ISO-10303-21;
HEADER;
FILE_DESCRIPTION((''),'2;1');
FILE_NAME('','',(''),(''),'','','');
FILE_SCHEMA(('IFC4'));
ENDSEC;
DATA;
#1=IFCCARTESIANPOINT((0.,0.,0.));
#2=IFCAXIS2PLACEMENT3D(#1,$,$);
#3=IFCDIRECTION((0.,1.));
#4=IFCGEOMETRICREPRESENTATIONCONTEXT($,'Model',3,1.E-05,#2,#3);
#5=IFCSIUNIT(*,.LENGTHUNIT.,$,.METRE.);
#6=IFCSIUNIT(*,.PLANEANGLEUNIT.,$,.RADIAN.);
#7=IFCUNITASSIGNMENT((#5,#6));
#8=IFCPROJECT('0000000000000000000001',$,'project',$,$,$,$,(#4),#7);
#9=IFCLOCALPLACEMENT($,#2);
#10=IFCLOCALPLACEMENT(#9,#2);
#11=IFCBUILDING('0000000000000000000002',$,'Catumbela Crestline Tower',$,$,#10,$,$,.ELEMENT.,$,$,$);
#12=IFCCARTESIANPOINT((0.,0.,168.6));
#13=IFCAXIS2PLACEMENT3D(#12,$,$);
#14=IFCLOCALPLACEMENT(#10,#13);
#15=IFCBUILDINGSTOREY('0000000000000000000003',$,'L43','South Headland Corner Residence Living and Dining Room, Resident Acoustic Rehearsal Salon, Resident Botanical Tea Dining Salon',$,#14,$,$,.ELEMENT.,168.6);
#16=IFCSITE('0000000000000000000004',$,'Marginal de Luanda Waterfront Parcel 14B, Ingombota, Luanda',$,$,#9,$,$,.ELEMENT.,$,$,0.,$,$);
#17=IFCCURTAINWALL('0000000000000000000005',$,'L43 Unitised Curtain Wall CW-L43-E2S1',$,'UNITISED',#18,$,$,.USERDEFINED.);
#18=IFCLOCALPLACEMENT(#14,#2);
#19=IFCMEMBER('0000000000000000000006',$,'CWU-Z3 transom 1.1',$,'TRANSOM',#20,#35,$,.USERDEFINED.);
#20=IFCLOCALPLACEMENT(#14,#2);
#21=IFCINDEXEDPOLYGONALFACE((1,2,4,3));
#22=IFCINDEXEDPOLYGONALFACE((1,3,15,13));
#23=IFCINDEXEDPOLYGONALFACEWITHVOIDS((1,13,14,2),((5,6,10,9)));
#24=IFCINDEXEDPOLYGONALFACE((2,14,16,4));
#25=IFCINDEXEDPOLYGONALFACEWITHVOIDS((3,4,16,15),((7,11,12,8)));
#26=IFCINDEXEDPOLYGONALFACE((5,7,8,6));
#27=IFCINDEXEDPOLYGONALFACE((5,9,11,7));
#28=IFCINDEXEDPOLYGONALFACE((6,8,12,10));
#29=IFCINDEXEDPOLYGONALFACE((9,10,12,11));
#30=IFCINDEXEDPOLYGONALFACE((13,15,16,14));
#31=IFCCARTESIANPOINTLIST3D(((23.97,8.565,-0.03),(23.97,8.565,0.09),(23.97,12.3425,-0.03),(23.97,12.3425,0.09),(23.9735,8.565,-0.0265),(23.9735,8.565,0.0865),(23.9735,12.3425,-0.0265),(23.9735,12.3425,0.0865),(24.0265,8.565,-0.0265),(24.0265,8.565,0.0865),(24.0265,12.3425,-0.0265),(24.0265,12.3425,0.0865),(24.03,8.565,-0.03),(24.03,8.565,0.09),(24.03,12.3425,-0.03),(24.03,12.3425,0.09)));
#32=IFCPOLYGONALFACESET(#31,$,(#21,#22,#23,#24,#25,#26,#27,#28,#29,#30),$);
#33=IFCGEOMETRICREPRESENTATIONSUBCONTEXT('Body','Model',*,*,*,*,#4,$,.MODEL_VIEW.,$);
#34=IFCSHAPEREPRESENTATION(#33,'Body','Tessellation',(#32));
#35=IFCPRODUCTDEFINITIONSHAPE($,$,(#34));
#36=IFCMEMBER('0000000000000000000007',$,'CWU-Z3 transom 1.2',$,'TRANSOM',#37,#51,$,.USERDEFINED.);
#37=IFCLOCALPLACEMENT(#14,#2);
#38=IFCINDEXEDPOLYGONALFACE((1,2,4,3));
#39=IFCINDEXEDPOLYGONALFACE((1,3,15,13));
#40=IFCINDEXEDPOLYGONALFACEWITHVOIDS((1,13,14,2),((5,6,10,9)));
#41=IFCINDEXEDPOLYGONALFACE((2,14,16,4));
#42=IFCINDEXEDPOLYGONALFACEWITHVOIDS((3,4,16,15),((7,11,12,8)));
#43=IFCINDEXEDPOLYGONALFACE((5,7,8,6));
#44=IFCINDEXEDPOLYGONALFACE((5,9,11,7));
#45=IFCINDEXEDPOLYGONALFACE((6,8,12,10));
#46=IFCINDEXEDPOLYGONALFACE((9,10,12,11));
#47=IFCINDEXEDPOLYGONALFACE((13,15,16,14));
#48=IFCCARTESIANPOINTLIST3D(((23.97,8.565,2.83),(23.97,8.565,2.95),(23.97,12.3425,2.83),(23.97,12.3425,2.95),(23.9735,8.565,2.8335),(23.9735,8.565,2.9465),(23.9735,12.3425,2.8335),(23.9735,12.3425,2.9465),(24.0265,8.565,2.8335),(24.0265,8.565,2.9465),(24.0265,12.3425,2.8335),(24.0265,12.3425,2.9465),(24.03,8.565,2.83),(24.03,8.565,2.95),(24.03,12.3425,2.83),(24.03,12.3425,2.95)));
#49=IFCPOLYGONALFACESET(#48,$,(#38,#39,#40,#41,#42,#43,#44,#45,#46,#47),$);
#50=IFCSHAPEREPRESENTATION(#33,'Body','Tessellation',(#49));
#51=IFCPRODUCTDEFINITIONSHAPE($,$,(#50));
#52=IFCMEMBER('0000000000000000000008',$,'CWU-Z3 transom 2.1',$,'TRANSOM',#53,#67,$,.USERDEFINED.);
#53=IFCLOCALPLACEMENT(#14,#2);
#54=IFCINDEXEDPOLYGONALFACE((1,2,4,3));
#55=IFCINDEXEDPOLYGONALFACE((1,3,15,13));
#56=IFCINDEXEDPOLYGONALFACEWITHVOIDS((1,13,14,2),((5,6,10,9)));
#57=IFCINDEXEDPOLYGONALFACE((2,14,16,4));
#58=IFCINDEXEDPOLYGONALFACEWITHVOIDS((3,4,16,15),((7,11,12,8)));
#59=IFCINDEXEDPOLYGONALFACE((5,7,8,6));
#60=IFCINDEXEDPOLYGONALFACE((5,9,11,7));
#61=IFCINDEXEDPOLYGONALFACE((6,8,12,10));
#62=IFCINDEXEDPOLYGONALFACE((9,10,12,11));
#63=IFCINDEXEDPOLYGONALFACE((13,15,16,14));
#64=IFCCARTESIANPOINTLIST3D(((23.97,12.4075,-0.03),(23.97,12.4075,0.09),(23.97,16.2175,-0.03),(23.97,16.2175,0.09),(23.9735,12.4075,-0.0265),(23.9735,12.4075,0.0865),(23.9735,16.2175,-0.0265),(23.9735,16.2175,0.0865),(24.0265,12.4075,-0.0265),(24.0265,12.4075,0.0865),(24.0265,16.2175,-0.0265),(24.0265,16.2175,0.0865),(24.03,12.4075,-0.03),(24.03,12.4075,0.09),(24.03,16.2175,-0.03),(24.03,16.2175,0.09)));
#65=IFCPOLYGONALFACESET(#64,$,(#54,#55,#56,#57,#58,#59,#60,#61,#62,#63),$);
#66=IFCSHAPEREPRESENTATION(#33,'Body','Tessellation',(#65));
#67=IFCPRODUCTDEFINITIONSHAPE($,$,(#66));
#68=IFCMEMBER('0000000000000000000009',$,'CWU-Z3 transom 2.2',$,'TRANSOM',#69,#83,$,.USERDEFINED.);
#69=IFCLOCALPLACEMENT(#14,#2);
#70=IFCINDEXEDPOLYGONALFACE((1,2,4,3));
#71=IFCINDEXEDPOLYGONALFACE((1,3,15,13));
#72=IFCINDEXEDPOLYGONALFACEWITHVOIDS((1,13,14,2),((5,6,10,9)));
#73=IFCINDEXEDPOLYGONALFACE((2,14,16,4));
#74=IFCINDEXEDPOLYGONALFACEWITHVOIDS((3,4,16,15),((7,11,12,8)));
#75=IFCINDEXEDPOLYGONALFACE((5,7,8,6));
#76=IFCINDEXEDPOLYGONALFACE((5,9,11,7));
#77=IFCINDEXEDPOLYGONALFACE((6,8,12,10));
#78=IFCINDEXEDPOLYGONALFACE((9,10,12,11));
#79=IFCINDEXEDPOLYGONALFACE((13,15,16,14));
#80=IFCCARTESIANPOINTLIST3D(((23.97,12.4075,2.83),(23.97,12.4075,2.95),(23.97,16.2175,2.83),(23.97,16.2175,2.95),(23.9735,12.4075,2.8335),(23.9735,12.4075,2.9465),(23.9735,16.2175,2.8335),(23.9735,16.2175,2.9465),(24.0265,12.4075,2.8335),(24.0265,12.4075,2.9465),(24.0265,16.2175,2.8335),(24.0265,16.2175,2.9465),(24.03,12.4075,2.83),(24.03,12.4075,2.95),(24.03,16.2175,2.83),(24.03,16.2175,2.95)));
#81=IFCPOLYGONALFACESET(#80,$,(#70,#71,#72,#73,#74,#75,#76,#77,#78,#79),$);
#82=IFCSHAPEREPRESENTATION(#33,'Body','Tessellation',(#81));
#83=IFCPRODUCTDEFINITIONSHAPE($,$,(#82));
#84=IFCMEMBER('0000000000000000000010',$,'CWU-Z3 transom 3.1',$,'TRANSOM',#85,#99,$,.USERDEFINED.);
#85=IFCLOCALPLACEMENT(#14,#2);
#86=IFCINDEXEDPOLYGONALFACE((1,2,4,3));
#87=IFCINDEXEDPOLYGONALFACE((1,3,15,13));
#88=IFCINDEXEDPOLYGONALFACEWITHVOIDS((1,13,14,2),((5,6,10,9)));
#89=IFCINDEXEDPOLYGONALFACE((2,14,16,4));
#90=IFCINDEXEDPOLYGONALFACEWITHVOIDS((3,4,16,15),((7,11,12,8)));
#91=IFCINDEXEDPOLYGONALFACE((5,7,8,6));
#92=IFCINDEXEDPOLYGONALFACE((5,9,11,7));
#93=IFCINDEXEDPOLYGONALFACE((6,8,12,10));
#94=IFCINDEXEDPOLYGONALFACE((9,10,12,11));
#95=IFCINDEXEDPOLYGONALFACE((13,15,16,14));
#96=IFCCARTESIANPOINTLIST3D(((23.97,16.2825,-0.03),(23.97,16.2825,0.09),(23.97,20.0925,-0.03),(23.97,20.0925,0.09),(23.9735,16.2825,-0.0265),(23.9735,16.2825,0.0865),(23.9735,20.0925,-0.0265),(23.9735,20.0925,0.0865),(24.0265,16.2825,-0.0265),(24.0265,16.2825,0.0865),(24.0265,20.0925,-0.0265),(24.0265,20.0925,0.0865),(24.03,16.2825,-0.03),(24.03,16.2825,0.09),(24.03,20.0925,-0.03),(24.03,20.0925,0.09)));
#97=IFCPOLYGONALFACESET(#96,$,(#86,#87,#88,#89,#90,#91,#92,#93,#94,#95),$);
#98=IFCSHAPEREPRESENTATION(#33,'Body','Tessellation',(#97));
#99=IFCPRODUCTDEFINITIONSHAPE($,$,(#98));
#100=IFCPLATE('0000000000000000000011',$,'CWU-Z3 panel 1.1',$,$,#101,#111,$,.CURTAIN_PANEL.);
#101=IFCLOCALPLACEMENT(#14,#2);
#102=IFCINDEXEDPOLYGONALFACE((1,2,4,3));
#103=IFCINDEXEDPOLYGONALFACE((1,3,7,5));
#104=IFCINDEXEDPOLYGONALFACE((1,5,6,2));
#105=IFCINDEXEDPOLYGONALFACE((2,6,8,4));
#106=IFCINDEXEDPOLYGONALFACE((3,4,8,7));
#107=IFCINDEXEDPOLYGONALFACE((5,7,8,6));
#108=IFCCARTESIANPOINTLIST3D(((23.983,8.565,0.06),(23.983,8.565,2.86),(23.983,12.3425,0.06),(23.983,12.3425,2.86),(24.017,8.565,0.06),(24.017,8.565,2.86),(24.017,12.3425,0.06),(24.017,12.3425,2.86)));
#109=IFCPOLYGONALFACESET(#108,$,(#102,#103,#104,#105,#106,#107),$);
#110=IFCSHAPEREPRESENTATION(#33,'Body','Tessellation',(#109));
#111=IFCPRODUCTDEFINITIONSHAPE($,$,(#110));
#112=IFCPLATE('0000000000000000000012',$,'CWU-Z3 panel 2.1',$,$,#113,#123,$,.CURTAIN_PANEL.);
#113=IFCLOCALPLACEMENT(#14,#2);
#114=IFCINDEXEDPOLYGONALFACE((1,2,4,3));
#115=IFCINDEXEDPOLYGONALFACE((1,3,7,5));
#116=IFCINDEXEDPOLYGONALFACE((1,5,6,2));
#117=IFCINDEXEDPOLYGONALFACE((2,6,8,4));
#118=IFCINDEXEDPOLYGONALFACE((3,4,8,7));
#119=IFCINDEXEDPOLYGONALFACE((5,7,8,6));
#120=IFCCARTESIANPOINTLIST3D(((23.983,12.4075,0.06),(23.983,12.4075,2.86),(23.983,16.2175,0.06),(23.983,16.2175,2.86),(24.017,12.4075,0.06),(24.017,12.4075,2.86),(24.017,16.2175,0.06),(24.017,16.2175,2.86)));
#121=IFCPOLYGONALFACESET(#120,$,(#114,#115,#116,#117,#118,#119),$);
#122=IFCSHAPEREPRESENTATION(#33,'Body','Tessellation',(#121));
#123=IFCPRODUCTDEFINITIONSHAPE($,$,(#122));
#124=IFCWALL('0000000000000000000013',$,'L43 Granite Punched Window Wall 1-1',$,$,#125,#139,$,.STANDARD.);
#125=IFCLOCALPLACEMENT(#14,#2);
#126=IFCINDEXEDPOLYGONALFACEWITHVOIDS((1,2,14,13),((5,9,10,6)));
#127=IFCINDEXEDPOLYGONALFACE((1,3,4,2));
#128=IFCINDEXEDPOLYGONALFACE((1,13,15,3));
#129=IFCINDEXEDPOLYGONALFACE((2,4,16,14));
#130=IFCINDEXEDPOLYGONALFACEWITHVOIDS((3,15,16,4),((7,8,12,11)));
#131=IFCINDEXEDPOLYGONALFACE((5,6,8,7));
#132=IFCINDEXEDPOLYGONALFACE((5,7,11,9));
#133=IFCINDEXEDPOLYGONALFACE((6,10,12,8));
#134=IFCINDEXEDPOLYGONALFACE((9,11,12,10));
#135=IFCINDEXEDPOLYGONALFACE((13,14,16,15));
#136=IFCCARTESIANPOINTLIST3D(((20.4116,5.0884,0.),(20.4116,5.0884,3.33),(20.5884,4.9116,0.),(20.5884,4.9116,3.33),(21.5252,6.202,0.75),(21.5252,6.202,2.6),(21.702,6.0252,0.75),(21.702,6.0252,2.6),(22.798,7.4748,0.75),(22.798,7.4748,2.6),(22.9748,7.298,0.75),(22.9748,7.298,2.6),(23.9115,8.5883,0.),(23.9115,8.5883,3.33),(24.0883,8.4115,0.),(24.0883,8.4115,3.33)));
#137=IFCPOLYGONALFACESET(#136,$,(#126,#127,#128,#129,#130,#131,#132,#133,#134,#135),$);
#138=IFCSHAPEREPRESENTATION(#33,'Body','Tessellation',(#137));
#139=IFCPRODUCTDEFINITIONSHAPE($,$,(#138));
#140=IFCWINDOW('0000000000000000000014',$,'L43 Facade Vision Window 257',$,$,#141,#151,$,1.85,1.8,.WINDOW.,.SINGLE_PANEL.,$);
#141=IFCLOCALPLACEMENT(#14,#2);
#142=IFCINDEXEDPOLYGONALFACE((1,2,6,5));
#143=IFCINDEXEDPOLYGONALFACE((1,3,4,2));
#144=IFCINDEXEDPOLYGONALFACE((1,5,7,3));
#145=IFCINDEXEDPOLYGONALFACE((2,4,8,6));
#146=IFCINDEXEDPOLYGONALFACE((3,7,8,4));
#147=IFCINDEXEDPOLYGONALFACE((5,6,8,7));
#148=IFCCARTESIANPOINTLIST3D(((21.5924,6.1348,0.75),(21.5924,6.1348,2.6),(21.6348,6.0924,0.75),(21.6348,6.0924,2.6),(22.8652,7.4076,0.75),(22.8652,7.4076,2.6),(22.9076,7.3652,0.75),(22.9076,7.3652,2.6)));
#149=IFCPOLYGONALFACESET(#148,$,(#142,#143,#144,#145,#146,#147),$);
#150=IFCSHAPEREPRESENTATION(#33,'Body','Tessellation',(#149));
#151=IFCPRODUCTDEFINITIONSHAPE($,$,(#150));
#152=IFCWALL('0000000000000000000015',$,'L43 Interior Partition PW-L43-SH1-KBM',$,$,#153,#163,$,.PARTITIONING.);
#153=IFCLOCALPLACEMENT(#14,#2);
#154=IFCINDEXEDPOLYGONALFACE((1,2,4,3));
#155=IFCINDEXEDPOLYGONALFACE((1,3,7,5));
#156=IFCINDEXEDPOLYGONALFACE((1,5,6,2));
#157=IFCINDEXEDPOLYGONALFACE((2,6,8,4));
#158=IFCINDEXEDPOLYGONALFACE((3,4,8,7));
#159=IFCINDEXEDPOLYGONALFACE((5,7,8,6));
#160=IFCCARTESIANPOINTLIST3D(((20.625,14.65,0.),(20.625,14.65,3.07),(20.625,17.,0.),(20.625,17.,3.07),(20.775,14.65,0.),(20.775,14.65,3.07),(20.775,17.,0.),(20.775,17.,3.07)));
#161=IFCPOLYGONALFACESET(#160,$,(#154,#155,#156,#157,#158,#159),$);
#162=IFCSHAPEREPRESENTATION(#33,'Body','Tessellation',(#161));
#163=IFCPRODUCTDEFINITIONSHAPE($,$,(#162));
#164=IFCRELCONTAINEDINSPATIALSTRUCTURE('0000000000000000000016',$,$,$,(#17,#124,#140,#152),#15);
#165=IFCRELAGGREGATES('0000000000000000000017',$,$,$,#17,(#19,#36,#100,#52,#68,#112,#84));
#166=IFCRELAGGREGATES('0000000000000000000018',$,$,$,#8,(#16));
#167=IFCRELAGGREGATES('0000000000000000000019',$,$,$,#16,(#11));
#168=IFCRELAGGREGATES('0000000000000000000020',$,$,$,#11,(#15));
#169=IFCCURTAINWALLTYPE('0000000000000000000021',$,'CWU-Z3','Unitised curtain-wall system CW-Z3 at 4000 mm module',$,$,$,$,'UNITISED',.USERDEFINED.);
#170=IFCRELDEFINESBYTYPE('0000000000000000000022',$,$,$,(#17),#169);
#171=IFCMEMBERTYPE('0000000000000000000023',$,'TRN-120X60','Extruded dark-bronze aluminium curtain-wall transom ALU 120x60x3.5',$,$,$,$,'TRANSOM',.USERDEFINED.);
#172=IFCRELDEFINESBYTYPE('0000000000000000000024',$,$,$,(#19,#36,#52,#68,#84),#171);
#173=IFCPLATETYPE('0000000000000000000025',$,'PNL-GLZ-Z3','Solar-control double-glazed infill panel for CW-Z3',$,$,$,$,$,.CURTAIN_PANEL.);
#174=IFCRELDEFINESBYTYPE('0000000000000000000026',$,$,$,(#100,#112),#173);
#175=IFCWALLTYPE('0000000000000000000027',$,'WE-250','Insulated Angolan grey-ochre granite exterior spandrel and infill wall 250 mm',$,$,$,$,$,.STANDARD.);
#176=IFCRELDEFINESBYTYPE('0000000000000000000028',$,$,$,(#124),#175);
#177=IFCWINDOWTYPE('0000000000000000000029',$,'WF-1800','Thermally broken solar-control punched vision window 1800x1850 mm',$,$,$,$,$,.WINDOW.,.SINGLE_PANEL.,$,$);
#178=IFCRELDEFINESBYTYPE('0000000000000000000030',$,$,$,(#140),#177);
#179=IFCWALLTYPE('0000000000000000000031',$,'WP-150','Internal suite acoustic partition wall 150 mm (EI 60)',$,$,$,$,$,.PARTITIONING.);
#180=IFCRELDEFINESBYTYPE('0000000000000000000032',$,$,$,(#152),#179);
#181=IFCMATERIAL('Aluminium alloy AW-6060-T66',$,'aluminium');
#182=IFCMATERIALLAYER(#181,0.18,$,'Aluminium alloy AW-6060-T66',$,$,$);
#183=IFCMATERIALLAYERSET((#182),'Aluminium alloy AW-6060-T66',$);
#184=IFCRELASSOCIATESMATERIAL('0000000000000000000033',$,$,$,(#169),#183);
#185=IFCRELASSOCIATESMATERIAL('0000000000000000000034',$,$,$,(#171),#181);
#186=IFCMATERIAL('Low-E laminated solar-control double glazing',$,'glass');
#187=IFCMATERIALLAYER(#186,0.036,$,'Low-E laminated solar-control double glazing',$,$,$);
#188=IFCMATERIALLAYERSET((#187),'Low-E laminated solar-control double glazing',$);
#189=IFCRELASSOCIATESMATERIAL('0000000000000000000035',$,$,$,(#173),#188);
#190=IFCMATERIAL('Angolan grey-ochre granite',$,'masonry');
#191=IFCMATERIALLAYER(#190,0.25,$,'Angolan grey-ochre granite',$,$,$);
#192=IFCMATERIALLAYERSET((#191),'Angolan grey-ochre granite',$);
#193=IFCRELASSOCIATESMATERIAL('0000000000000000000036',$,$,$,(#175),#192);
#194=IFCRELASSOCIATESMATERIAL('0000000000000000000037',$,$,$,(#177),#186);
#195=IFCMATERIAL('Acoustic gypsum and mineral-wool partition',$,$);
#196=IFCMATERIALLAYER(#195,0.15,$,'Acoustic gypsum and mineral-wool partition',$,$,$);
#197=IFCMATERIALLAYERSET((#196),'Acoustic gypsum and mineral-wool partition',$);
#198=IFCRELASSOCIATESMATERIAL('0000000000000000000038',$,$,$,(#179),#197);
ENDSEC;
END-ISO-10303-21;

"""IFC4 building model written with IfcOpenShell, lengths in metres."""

from ifc_helpers import new_model, si_unit, direction, frame, frame_2d, origin, origin_2d, place, context, subcontext, project, spatial, rectangle, hollow_rectangle, extrude, material, layer, layer_set, material_profile, profile_set, type_object, element, fill, aggregate, save


model = new_model("IFC4")

# Units and contexts
model_context = context("Model", 3, precision=1e-05, world=origin(), true_north=direction((0.0, 1.0)))
body_context = subcontext(model_context, "Body", "Model", "MODEL_VIEW")
ifc_project = project(units=[si_unit("LENGTHUNIT", "METRE"), si_unit("PLANEANGLEUNIT", "RADIAN")], contexts=[model_context])

# Site, building, storey
site_placement = place(None, origin())
site = spatial("IfcSite", under=ifc_project, at=site_placement, Name="Marginal de Luanda Waterfront Parcel 14B, Ingombota, Luanda", CompositionType="ELEMENT", RefElevation=0.0)
building_placement = place(site_placement, origin())
building = spatial("IfcBuilding", under=site, at=building_placement, Name="Catumbela Crestline Tower", CompositionType="ELEMENT")
storey_placement = place(building_placement, frame((0.0, 0.0, 168.6)))
storey = spatial("IfcBuildingStorey", under=building, at=storey_placement, Name="L43", Description="South Headland Corner Residence Living and Dining Room, Resident Acoustic Rehearsal Salon, Resident Botanical Tea Dining Salon", CompositionType="ELEMENT", Elevation=168.6)

# Shared definitions
ifc_material_1 = material(Name="Aluminium alloy AW-6060-T66", Category="aluminium")
ifc_layer_1 = layer(ifc_material_1, 0.18, Name="Aluminium alloy AW-6060-T66")
ifc_layer_set_1 = layer_set([ifc_layer_1], Name="Aluminium alloy AW-6060-T66")
curtain_wall_type = type_object("IfcCurtainWallType", Name="CWU-Z3", Description="Unitised curtain-wall system CW-Z3 at 4000 mm module", ElementType="UNITISED", PredefinedType="USERDEFINED", material=ifc_layer_set_1)

# Curtain wall
curtain_wall_1_placement = place(storey_placement, origin())
curtain_wall_1 = element("IfcCurtainWall", 1, at=curtain_wall_1_placement, inside=storey, type_object=curtain_wall_type, Name="L43 Unitised Curtain Wall CW-L43-E2S1", ObjectType="UNITISED", PredefinedType="USERDEFINED")

# Members
ifc_material_profile_1 = material_profile(ifc_material_1, hollow_rectangle(XDim=0.06, YDim=0.12, WallThickness=0.0035, at=origin_2d()), Name="ALU 120x60x3.5")
ifc_profile_set_1 = profile_set([ifc_material_profile_1], Name="Aluminium alloy AW-6060-T66")
member_type_1 = type_object("IfcMemberType", Name="TRN-120X60", Description="Extruded dark-bronze aluminium curtain-wall transom ALU 120x60x3.5", ElementType="TRANSOM", PredefinedType="USERDEFINED", material=ifc_profile_set_1)
member_1_placement = place(storey_placement, frame((24.0, 8.565, 0.03), z_axis=(0.0, 1.0, 0.0), x_axis=(-1.0, 0.0, 0.0)))
member_1 = element("IfcMember", 2, at=member_1_placement, type_object=member_type_1, Name="CWU-Z3 transom 1.1", ObjectType="TRANSOM", PredefinedType="USERDEFINED", context=body_context, shape_type="SweptSolid", body=[
    extrude(hollow_rectangle(XDim=0.06, YDim=0.12, WallThickness=0.0035, at=origin_2d()), origin(), (0.0, 0.0, 1.0), 3.7775),
])
member_2_placement = place(storey_placement, frame((24.0, 8.565, 2.89), z_axis=(0.0, 1.0, 0.0), x_axis=(-1.0, 0.0, 0.0)))
member_2 = element("IfcMember", 3, at=member_2_placement, type_object=member_type_1, Name="CWU-Z3 transom 1.2", ObjectType="TRANSOM", PredefinedType="USERDEFINED", context=body_context, shape_type="SweptSolid", body=[
    extrude(hollow_rectangle(XDim=0.06, YDim=0.12, WallThickness=0.0035, at=origin_2d()), origin(), (0.0, 0.0, 1.0), 3.7775),
])
member_3_placement = place(storey_placement, frame((24.0, 12.4075, 0.03), z_axis=(0.0, 1.0, 0.0), x_axis=(-1.0, 0.0, 0.0)))
member_3 = element("IfcMember", 4, at=member_3_placement, type_object=member_type_1, Name="CWU-Z3 transom 2.1", ObjectType="TRANSOM", PredefinedType="USERDEFINED", context=body_context, shape_type="SweptSolid", body=[
    extrude(hollow_rectangle(XDim=0.06, YDim=0.12, WallThickness=0.0035, at=origin_2d()), origin(), (0.0, 0.0, 1.0), 3.81),
])
member_4_placement = place(storey_placement, frame((24.0, 12.4075, 2.89), z_axis=(0.0, 1.0, 0.0), x_axis=(-1.0, 0.0, 0.0)))
member_4 = element("IfcMember", 5, at=member_4_placement, type_object=member_type_1, Name="CWU-Z3 transom 2.2", ObjectType="TRANSOM", PredefinedType="USERDEFINED", context=body_context, shape_type="SweptSolid", body=[
    extrude(hollow_rectangle(XDim=0.06, YDim=0.12, WallThickness=0.0035, at=origin_2d()), origin(), (0.0, 0.0, 1.0), 3.81),
])
member_5_placement = place(storey_placement, frame((24.0, 16.2825, 0.03), z_axis=(0.0, 1.0, 0.0), x_axis=(-1.0, 0.0, 0.0)))
member_5 = element("IfcMember", 6, at=member_5_placement, type_object=member_type_1, Name="CWU-Z3 transom 3.1", ObjectType="TRANSOM", PredefinedType="USERDEFINED", context=body_context, shape_type="SweptSolid", body=[
    extrude(hollow_rectangle(XDim=0.06, YDim=0.12, WallThickness=0.0035, at=origin_2d()), origin(), (0.0, 0.0, 1.0), 3.81),
])

# Plates
ifc_material_2 = material(Name="Low-E laminated solar-control double glazing", Category="glass")
ifc_layer_2 = layer(ifc_material_2, 0.036, Name="Low-E laminated solar-control double glazing")
ifc_layer_set_2 = layer_set([ifc_layer_2], Name="Low-E laminated solar-control double glazing")
plate_type = type_object("IfcPlateType", Name="PNL-GLZ-Z3", Description="Solar-control double-glazed infill panel for CW-Z3", PredefinedType="CURTAIN_PANEL", material=ifc_layer_set_2)
plate_1_placement = place(storey_placement, frame((24.0, 10.4538, 0.06), z_axis=(0.0, 0.0, 1.0), x_axis=(0.0, 1.0, 0.0)))
plate_1 = element("IfcPlate", 7, at=plate_1_placement, type_object=plate_type, Name="CWU-Z3 panel 1.1", PredefinedType="CURTAIN_PANEL", context=body_context, shape_type="SweptSolid", body=[
    extrude(rectangle(XDim=3.7775, YDim=0.034, at=origin_2d()), origin(), (0.0, 0.0, 1.0), 2.8),
])
plate_2_placement = place(storey_placement, frame((24.0, 14.3125, 0.06), z_axis=(0.0, 0.0, 1.0), x_axis=(0.0, 1.0, 0.0)))
plate_2 = element("IfcPlate", 8, at=plate_2_placement, type_object=plate_type, Name="CWU-Z3 panel 2.1", PredefinedType="CURTAIN_PANEL", context=body_context, shape_type="SweptSolid", body=[
    extrude(rectangle(XDim=3.81, YDim=0.034, at=origin_2d()), origin(), (0.0, 0.0, 1.0), 2.8),
])
aggregate(curtain_wall_1, [member_1, member_2, plate_1, member_3, member_4, plate_2, member_5])

# Wall, opening, window
ifc_material_3 = material(Name="Angolan grey-ochre granite", Category="masonry")
ifc_layer_3 = layer(ifc_material_3, 0.25, Name="Angolan grey-ochre granite")
ifc_layer_set_3 = layer_set([ifc_layer_3], Name="Angolan grey-ochre granite")
wall_type_1 = type_object("IfcWallType", Name="WE-250", Description="Insulated Angolan grey-ochre granite exterior spandrel and infill wall 250 mm", PredefinedType="STANDARD", material=ifc_layer_set_3)
wall_1_placement = place(storey_placement, frame((20.5, 5.0, 0.0), z_axis=(0.0, 0.0, 1.0), x_axis=(0.707107, 0.707107, 0.0)))
wall_1 = element("IfcWall", 9, at=wall_1_placement, inside=storey, type_object=wall_type_1, Name="L43 Granite Punched Window Wall 1-1", PredefinedType="STANDARD", context=body_context, shape_type="SweptSolid", body=[
    extrude(rectangle(XDim=4.9497, YDim=0.25, at=frame_2d((2.4748, 0.0))), origin(), (0.0, 0.0, 1.0), 3.33),
])
opening_1_placement = place(wall_1_placement, frame((1.5749, 0.0, 0.75)))
opening_1 = element("IfcOpeningElement", 10, at=opening_1_placement, cuts=wall_1, PredefinedType="OPENING", context=body_context, shape_type="SweptSolid", body=[
    extrude(rectangle(XDim=1.8, YDim=1.85, at=frame_2d((0.9, 0.925))), frame((0.0, 0.135, 0.0), z_axis=(0.0, -1.0, 0.0), x_axis=(1.0, 0.0, 0.0)), (0.0, 0.0, 1.0), 0.27),
])
window_type = type_object("IfcWindowType", Name="WF-1800", Description="Thermally broken solar-control punched vision window 1800x1850 mm", PartitioningType="SINGLE_PANEL", PredefinedType="WINDOW", material=ifc_material_2)
window_placement = place(opening_1_placement, origin())
window = element("IfcWindow", 11, at=window_placement, inside=storey, type_object=window_type, Name="L43 Facade Vision Window 257", OverallHeight=1.85, OverallWidth=1.8, PartitioningType="SINGLE_PANEL", PredefinedType="WINDOW", context=body_context, shape_type="SweptSolid", body=[
    extrude(rectangle(XDim=1.8, YDim=1.85, at=frame_2d((0.9, 0.925))), frame((0.0, 0.03, 0.0), z_axis=(0.0, -1.0, 0.0), x_axis=(1.0, 0.0, 0.0)), (0.0, 0.0, 1.0), 0.06),
])
fill(opening_1, window)

# Wall
ifc_material_4 = material(Name="Acoustic gypsum and mineral-wool partition")
ifc_layer_4 = layer(ifc_material_4, 0.15, Name="Acoustic gypsum and mineral-wool partition")
ifc_layer_set_4 = layer_set([ifc_layer_4], Name="Acoustic gypsum and mineral-wool partition")
wall_type_2 = type_object("IfcWallType", Name="WP-150", Description="Internal suite acoustic partition wall 150 mm (EI 60)", PredefinedType="PARTITIONING", material=ifc_layer_set_4)
wall_2_placement = place(storey_placement, frame((20.7, 14.65, 0.0), z_axis=(0.0, 0.0, 1.0), x_axis=(0.0, 1.0, 0.0)))
element("IfcWall", 12, at=wall_2_placement, inside=storey, type_object=wall_type_2, Name="L43 Interior Partition PW-L43-SH1-KBM", PredefinedType="PARTITIONING", context=body_context, shape_type="SweptSolid", body=[
    extrude(rectangle(XDim=2.35, YDim=0.15, at=frame_2d((1.175, 0.0))), origin(), (0.0, 0.0, 1.0), 3.07),
])

save(model, "model.ifc")
